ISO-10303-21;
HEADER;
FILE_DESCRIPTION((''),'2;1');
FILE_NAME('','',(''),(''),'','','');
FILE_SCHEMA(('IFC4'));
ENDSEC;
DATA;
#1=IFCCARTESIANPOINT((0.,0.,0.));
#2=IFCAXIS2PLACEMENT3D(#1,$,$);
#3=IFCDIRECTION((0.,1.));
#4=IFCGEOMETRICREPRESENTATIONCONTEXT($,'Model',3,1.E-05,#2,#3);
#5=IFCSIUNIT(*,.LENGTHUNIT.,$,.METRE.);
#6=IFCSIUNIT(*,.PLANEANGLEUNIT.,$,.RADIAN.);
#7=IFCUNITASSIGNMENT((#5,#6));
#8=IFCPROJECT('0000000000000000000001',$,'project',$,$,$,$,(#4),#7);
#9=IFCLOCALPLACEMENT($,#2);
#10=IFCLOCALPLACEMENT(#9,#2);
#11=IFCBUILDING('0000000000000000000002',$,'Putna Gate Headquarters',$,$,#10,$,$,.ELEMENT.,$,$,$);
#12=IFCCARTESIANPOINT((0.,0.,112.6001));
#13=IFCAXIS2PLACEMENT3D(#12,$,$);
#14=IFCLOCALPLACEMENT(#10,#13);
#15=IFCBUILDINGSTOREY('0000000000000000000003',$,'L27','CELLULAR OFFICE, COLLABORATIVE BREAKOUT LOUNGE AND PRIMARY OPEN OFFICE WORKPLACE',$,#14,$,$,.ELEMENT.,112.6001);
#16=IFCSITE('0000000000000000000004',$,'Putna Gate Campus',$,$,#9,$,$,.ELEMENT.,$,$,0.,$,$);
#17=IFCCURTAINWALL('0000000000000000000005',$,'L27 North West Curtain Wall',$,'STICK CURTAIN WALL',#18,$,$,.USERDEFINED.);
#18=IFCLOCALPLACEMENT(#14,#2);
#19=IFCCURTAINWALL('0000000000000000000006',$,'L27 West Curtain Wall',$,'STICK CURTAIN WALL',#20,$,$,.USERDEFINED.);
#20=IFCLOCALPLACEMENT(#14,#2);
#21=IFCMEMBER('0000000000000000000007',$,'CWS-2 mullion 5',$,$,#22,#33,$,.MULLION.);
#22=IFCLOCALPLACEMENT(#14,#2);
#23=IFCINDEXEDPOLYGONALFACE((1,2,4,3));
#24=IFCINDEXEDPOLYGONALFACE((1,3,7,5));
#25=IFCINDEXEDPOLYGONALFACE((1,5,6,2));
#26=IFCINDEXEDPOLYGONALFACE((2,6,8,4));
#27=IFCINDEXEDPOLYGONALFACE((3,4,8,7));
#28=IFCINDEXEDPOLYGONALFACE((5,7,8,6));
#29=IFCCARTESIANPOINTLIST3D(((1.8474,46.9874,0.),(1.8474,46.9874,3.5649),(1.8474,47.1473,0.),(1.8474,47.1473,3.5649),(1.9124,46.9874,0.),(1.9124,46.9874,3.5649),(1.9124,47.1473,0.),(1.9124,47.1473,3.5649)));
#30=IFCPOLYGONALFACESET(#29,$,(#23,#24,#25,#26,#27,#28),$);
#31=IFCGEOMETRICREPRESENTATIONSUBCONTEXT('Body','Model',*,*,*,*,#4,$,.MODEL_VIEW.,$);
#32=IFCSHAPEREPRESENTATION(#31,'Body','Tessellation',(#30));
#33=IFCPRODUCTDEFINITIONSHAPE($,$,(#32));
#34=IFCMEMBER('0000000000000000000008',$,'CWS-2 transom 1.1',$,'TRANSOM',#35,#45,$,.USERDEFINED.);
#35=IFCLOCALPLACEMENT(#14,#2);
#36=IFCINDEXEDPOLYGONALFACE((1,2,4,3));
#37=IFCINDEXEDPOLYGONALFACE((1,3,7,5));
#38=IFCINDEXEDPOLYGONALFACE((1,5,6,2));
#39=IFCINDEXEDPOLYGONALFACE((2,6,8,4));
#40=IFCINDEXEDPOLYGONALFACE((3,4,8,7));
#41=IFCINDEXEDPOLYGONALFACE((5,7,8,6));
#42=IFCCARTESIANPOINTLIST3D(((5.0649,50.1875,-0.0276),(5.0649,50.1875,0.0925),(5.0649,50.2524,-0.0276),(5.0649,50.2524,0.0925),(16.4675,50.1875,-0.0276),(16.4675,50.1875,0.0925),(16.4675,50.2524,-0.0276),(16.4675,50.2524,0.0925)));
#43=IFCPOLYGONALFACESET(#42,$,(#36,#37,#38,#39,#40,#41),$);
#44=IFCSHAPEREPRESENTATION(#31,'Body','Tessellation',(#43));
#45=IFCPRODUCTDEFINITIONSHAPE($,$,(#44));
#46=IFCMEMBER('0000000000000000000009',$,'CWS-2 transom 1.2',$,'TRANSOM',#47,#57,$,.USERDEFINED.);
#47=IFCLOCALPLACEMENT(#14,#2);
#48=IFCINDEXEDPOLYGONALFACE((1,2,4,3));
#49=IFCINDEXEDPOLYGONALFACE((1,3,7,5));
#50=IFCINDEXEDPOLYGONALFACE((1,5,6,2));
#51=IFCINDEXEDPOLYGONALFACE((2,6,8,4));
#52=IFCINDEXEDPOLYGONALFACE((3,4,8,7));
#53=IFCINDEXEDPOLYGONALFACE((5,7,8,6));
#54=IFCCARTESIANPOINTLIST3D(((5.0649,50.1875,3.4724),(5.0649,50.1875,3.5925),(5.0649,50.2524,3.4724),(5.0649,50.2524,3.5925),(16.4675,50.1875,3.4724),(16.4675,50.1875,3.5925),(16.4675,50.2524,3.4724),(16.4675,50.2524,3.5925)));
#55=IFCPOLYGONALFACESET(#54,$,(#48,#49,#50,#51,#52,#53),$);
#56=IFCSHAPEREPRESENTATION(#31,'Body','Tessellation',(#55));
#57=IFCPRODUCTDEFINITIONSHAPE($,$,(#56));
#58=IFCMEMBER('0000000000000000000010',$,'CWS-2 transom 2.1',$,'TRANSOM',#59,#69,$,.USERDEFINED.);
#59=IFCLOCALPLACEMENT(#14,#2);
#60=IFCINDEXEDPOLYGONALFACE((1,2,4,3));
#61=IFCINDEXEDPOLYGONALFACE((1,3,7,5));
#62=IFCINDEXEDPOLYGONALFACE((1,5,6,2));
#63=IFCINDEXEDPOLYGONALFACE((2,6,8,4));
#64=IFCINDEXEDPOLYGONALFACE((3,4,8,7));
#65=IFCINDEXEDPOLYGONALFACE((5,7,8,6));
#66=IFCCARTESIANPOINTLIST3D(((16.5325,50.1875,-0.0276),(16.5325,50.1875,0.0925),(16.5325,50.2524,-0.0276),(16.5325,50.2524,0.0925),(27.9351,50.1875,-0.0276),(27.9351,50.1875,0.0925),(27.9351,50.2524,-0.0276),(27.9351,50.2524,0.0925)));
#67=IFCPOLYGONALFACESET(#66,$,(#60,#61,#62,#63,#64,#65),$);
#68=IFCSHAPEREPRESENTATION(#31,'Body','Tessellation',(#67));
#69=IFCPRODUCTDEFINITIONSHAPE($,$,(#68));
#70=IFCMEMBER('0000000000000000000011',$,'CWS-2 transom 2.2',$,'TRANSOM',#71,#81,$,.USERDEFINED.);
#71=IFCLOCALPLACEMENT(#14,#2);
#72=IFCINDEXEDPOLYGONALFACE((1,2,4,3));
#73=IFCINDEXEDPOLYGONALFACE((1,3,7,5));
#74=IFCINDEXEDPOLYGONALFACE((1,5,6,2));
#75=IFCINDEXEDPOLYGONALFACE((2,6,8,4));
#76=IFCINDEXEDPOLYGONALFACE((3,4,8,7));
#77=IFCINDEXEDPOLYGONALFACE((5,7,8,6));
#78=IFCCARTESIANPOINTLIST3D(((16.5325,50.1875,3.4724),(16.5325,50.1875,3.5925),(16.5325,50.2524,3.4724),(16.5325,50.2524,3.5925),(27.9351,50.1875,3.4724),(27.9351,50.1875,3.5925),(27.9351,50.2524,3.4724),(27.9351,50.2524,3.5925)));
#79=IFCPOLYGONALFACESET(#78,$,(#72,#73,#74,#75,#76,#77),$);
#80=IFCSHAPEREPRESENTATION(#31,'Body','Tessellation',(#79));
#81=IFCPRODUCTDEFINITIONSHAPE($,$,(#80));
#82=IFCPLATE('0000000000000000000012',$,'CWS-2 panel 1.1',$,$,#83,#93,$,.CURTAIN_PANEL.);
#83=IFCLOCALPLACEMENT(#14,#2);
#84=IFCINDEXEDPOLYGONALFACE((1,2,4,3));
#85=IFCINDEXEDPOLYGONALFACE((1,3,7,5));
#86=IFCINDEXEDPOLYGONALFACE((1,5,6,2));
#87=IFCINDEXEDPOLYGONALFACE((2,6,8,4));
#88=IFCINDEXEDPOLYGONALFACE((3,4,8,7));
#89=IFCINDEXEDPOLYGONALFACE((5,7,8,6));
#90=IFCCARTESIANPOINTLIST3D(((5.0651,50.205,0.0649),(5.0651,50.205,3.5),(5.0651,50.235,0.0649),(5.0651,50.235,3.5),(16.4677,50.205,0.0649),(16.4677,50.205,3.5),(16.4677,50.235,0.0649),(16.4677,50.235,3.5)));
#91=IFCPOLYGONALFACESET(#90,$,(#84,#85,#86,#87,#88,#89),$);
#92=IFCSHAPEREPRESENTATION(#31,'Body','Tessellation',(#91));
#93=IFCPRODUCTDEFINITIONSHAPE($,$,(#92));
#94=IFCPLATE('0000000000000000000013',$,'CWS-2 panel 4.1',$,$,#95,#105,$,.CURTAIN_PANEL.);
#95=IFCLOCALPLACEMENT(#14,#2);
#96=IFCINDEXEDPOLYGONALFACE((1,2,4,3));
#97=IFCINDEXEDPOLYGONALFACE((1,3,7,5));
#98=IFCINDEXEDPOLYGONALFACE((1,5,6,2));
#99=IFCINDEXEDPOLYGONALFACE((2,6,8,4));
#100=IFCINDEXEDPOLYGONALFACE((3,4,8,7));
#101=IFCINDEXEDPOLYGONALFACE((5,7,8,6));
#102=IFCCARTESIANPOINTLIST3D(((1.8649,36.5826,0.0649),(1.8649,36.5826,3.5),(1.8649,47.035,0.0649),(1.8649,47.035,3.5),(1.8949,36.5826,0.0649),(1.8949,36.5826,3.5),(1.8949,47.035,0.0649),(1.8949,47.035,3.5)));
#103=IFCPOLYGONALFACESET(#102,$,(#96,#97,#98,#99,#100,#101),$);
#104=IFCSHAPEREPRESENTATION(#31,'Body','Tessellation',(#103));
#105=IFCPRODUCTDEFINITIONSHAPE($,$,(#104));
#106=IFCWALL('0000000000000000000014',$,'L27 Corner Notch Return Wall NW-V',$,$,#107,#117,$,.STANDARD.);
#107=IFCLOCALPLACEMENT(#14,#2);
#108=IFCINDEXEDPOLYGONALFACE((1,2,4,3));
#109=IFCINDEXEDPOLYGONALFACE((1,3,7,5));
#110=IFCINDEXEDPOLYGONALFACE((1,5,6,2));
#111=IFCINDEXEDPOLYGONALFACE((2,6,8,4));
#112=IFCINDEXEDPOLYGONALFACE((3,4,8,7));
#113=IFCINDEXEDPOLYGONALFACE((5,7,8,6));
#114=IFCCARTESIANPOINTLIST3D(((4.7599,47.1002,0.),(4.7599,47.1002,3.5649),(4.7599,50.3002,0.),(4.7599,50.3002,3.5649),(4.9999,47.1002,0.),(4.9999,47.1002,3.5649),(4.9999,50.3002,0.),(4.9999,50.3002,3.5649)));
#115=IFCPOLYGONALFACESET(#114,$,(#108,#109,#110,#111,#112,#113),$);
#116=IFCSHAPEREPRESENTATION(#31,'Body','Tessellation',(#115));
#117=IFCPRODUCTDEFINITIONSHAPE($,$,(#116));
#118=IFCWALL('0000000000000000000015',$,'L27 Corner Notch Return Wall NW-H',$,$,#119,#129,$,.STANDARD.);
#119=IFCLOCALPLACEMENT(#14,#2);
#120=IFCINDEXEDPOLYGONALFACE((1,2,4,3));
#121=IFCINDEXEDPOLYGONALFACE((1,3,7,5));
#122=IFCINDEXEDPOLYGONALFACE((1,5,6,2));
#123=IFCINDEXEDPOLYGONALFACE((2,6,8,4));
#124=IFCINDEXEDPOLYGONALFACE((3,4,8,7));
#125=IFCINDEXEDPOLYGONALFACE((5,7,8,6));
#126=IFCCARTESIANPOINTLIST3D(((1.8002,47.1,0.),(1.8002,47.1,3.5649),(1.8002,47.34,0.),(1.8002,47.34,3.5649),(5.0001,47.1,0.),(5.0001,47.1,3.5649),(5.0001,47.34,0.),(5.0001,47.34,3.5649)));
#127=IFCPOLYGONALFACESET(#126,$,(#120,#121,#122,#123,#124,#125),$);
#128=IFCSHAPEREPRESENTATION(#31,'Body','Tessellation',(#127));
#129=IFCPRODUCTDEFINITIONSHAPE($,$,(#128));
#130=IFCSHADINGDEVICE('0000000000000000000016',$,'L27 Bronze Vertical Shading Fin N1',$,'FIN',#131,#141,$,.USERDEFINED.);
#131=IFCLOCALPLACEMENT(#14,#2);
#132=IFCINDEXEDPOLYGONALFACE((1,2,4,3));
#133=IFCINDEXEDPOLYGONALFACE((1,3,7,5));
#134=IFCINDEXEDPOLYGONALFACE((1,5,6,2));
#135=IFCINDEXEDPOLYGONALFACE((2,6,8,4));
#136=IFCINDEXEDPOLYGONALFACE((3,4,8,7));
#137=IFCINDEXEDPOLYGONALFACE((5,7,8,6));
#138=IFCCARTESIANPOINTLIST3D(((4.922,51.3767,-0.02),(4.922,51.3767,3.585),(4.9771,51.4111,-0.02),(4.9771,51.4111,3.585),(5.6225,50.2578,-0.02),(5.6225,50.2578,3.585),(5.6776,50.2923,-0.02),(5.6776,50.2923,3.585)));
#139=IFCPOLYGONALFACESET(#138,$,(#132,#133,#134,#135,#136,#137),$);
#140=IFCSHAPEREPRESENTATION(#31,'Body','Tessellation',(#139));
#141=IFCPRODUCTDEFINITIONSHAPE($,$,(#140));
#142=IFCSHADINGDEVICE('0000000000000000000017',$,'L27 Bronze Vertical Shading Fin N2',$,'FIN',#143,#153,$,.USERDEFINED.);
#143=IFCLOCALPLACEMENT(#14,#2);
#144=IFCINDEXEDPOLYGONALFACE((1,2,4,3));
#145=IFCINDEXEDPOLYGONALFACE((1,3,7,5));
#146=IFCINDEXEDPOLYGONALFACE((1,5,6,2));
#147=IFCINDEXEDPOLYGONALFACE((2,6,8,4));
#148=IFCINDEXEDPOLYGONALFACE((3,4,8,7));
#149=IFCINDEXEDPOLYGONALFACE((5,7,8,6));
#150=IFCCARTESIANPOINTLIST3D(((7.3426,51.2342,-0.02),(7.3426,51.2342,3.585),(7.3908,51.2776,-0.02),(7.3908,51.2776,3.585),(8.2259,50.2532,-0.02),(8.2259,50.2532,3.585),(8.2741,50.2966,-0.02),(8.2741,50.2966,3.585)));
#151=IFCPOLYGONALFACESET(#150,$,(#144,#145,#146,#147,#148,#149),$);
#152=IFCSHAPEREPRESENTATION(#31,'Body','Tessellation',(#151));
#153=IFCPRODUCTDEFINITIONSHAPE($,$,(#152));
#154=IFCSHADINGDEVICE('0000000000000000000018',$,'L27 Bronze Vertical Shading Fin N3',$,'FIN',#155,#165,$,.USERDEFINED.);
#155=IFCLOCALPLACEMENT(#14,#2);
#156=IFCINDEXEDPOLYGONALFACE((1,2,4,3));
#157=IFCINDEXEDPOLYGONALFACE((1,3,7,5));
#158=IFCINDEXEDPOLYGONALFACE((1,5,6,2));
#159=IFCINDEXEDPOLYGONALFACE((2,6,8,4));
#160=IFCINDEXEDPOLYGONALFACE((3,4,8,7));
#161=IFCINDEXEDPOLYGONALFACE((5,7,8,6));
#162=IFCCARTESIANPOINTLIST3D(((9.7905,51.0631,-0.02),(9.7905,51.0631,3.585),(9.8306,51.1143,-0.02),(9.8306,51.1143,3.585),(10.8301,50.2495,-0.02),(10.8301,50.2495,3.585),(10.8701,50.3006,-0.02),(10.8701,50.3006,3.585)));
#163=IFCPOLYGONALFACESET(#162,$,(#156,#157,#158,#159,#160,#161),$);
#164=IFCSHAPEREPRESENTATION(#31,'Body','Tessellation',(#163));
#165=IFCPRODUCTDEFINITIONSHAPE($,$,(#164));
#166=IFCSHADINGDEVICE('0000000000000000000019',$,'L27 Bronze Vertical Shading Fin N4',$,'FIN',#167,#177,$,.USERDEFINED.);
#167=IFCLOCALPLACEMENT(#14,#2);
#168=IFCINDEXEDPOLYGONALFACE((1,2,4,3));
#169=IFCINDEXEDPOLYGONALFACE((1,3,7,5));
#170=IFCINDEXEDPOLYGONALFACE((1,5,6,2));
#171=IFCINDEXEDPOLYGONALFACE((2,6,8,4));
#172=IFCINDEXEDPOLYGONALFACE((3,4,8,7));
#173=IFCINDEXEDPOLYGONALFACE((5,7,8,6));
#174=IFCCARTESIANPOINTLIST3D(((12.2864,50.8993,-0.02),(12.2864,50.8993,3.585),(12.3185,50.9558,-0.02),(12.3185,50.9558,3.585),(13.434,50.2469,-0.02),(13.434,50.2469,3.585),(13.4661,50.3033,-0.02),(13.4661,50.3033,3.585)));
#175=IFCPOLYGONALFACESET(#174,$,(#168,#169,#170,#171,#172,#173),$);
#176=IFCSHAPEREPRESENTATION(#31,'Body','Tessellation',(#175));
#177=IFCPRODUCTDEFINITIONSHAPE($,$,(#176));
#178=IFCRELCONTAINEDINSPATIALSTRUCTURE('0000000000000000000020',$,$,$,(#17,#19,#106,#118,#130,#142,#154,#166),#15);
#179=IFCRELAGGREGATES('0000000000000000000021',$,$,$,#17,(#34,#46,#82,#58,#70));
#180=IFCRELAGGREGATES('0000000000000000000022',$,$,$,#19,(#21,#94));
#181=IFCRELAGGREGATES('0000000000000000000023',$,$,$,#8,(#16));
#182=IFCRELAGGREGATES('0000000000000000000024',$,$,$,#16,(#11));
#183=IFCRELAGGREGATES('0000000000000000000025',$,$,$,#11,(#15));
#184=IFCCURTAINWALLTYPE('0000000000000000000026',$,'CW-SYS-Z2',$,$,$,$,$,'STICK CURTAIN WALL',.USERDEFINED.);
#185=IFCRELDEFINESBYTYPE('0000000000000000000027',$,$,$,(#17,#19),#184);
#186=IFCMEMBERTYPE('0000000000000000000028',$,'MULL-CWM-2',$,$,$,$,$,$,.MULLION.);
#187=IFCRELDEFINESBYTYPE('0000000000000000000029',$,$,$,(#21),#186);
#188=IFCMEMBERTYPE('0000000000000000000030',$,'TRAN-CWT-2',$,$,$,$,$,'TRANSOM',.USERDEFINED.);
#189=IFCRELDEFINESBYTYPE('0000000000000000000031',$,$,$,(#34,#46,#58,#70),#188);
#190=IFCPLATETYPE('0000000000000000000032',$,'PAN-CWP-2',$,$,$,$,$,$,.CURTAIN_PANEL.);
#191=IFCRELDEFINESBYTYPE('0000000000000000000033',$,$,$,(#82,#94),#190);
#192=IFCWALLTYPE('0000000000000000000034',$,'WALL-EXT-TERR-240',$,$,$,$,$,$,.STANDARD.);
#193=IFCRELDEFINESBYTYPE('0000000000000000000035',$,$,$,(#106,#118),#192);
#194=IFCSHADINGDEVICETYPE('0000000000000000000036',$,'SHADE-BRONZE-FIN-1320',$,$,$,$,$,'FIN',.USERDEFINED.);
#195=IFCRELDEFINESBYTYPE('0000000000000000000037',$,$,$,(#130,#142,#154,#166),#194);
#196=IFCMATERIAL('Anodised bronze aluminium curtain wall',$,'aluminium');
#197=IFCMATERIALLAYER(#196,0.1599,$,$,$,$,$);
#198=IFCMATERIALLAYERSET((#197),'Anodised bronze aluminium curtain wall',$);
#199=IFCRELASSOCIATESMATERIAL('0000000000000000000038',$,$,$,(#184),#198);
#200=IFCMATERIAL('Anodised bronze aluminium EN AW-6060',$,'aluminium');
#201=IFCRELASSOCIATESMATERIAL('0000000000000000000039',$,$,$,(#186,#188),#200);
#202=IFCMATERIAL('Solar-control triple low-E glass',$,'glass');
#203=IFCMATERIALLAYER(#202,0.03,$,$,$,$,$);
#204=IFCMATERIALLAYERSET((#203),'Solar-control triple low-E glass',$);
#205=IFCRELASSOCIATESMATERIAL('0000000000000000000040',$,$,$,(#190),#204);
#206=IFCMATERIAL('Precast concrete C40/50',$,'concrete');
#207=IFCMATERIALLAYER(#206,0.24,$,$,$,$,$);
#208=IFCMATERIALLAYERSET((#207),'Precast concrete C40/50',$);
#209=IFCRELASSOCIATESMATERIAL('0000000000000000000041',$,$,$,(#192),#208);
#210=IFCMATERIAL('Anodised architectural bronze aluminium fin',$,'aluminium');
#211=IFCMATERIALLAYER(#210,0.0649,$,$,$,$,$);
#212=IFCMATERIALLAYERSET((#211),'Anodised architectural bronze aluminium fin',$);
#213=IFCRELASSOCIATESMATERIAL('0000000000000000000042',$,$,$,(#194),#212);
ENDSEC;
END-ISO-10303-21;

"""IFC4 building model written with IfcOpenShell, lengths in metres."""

from ifc_helpers import new_model, si_unit, direction, frame, frame_2d, origin, origin_2d, place, context, subcontext, project, spatial, rectangle, extrude, material, layer, layer_set, material_profile, profile_set, type_object, element, aggregate, save


model = new_model("IFC4")

# Units and contexts
model_context = context("Model", 3, precision=1e-05, world=origin(), true_north=direction((0.0, 1.0)))
body_context = subcontext(model_context, "Body", "Model", "MODEL_VIEW")
ifc_project = project(units=[si_unit("LENGTHUNIT", "METRE"), si_unit("PLANEANGLEUNIT", "RADIAN")], contexts=[model_context])

# Site, building, storey
site_placement = place(None, origin())
site = spatial("IfcSite", under=ifc_project, at=site_placement, Name="Putna Gate Campus", CompositionType="ELEMENT", RefElevation=0.0)
building_placement = place(site_placement, origin())
building = spatial("IfcBuilding", under=site, at=building_placement, Name="Putna Gate Headquarters", CompositionType="ELEMENT")
storey_placement = place(building_placement, frame((0.0, 0.0, 112.6001)))
storey = spatial("IfcBuildingStorey", under=building, at=storey_placement, Name="L27", Description="CELLULAR OFFICE, COLLABORATIVE BREAKOUT LOUNGE AND PRIMARY OPEN OFFICE WORKPLACE", CompositionType="ELEMENT", Elevation=112.6001)

# Curtain wall
ifc_material_1 = material(Name="Anodised bronze aluminium curtain wall", Category="aluminium")
ifc_layer_1 = layer(ifc_material_1, 0.1599)
ifc_layer_set_1 = layer_set([ifc_layer_1], Name="Anodised bronze aluminium curtain wall")
curtain_wall_type = type_object("IfcCurtainWallType", Name="CW-SYS-Z2", ElementType="STICK CURTAIN WALL", PredefinedType="USERDEFINED", material=ifc_layer_set_1)
curtain_wall_1_placement = place(storey_placement, origin())
curtain_wall_1 = element("IfcCurtainWall", 1, at=curtain_wall_1_placement, inside=storey, type_object=curtain_wall_type, Name="L27 North West Curtain Wall", ObjectType="STICK CURTAIN WALL", PredefinedType="USERDEFINED")
ifc_material_2 = material(Name="Anodised bronze aluminium EN AW-6060", Category="aluminium")
ifc_material_profile_1 = material_profile(ifc_material_2, rectangle(XDim=0.0649, YDim=0.1599, at=origin_2d()), Name="Anodised bronze aluminium EN AW-6060")
ifc_profile_set_1 = profile_set([ifc_material_profile_1], Name="Anodised bronze aluminium EN AW-6060")
member_type_1 = type_object("IfcMemberType", Name="MULL-CWM-2", PredefinedType="MULLION", material=ifc_profile_set_1)

# Curtain wall, member
curtain_wall_2_placement = place(storey_placement, origin())
curtain_wall_2 = element("IfcCurtainWall", 2, at=curtain_wall_2_placement, inside=storey, type_object=curtain_wall_type, Name="L27 West Curtain Wall", ObjectType="STICK CURTAIN WALL", PredefinedType="USERDEFINED")
member_1_placement = place(storey_placement, frame((1.8799, 47.0674, 0.0), z_axis=(0.0, 0.0, 1.0), x_axis=(-1.0, 0.0, 0.0)))
member_1 = element("IfcMember", 3, at=member_1_placement, type_object=member_type_1, Name="CWS-2 mullion 5", PredefinedType="MULLION", context=body_context, shape_type="SweptSolid", body=[
    extrude(rectangle(XDim=0.0649, YDim=0.1599, at=origin_2d()), origin(), (0.0, 0.0, 1.0), 3.5649),
])

# Members
ifc_material_profile_2 = material_profile(ifc_material_2, rectangle(XDim=0.0649, YDim=0.1201, at=origin_2d()), Name="Anodised bronze aluminium EN AW-6060")
ifc_profile_set_2 = profile_set([ifc_material_profile_2], Name="Anodised bronze aluminium EN AW-6060")
member_type_2 = type_object("IfcMemberType", Name="TRAN-CWT-2", ElementType="TRANSOM", PredefinedType="USERDEFINED", material=ifc_profile_set_2)
member_2_placement = place(storey_placement, frame((5.0649, 50.22, 0.0325), z_axis=(1.0, 0.0, 0.0), x_axis=(0.0, 1.0, 0.0)))
member_2 = element("IfcMember", 4, at=member_2_placement, type_object=member_type_2, Name="CWS-2 transom 1.1", ObjectType="TRANSOM", PredefinedType="USERDEFINED", context=body_context, shape_type="SweptSolid", body=[
    extrude(rectangle(XDim=0.0649, YDim=0.1201, at=origin_2d()), origin(), (0.0, 0.0, 1.0), 11.4026),
])
member_3_placement = place(storey_placement, frame((5.0649, 50.22, 3.5325), z_axis=(1.0, 0.0, 0.0), x_axis=(0.0, 1.0, 0.0)))
member_3 = element("IfcMember", 5, at=member_3_placement, type_object=member_type_2, Name="CWS-2 transom 1.2", ObjectType="TRANSOM", PredefinedType="USERDEFINED", context=body_context, shape_type="SweptSolid", body=[
    extrude(rectangle(XDim=0.0649, YDim=0.1201, at=origin_2d()), origin(), (0.0, 0.0, 1.0), 11.4026),
])
member_4_placement = place(storey_placement, frame((16.5325, 50.22, 0.0325), z_axis=(1.0, 0.0, 0.0), x_axis=(0.0, 1.0, 0.0)))
member_4 = element("IfcMember", 6, at=member_4_placement, type_object=member_type_2, Name="CWS-2 transom 2.1", ObjectType="TRANSOM", PredefinedType="USERDEFINED", context=body_context, shape_type="SweptSolid", body=[
    extrude(rectangle(XDim=0.0649, YDim=0.1201, at=origin_2d()), origin(), (0.0, 0.0, 1.0), 11.4026),
])
member_5_placement = place(storey_placement, frame((16.5325, 50.22, 3.5325), z_axis=(1.0, 0.0, 0.0), x_axis=(0.0, 1.0, 0.0)))
member_5 = element("IfcMember", 7, at=member_5_placement, type_object=member_type_2, Name="CWS-2 transom 2.2", ObjectType="TRANSOM", PredefinedType="USERDEFINED", context=body_context, shape_type="SweptSolid", body=[
    extrude(rectangle(XDim=0.0649, YDim=0.1201, at=origin_2d()), origin(), (0.0, 0.0, 1.0), 11.4026),
])

# Plates
ifc_material_3 = material(Name="Solar-control triple low-E glass", Category="glass")
ifc_layer_2 = layer(ifc_material_3, 0.03)
ifc_layer_set_2 = layer_set([ifc_layer_2], Name="Solar-control triple low-E glass")
plate_type = type_object("IfcPlateType", Name="PAN-CWP-2", PredefinedType="CURTAIN_PANEL", material=ifc_layer_set_2)
plate_1_placement = place(storey_placement, frame((10.7664, 50.22, 0.0649), z_axis=(0.0, 0.0, 1.0), x_axis=(1.0, 0.0, 0.0)))
plate_1 = element("IfcPlate", 8, at=plate_1_placement, type_object=plate_type, Name="CWS-2 panel 1.1", PredefinedType="CURTAIN_PANEL", context=body_context, shape_type="SweptSolid", body=[
    extrude(rectangle(XDim=11.4026, YDim=0.03, at=origin_2d()), origin(), (0.0, 0.0, 1.0), 3.4351),
])
aggregate(curtain_wall_1, [member_2, member_3, plate_1, member_4, member_5])
plate_2_placement = place(storey_placement, frame((1.8799, 41.8088, 0.0649), z_axis=(0.0, 0.0, 1.0), x_axis=(0.0, 1.0, 0.0)))
plate_2 = element("IfcPlate", 9, at=plate_2_placement, type_object=plate_type, Name="CWS-2 panel 4.1", PredefinedType="CURTAIN_PANEL", context=body_context, shape_type="SweptSolid", body=[
    extrude(rectangle(XDim=10.4524, YDim=0.03, at=origin_2d()), origin(), (0.0, 0.0, 1.0), 3.4351),
])
aggregate(curtain_wall_2, [member_1, plate_2])

# Walls
ifc_material_4 = material(Name="Precast concrete C40/50", Category="concrete")
ifc_layer_3 = layer(ifc_material_4, 0.24)
ifc_layer_set_3 = layer_set([ifc_layer_3], Name="Precast concrete C40/50")
wall_type = type_object("IfcWallType", Name="WALL-EXT-TERR-240", PredefinedType="STANDARD", material=ifc_layer_set_3)
for number, where, z_axis, x_axis, name in (
    (10, (4.8799, 47.1001, 0.0), (0.0, 0.0, 1.0), (0.0, 1.0, 0.0), "L27 Corner Notch Return Wall NW-V"),
    (11, (1.8, 47.22, 0.0), (0.0, 0.0, 1.0), (1.0, 0.0, 0.0), "L27 Corner Notch Return Wall NW-H"),
):
    element("IfcWall", number, at=place(storey_placement, frame(where, z_axis=z_axis, x_axis=x_axis)), inside=storey, type_object=wall_type, Name=name, PredefinedType="STANDARD", context=body_context, shape_type="SweptSolid", body=[
        extrude(rectangle(XDim=3.2, YDim=0.24, at=frame_2d((1.6001, 0.0))), origin(), (0.0, 0.0, 1.0), 3.5649),
    ])

# Shading devices
ifc_material_5 = material(Name="Anodised architectural bronze aluminium fin", Category="aluminium")
ifc_layer_4 = layer(ifc_material_5, 0.0649)
ifc_layer_set_4 = layer_set([ifc_layer_4], Name="Anodised architectural bronze aluminium fin")
shading_device_type = type_object("IfcShadingDeviceType", Name="SHADE-BRONZE-FIN-1320", ElementType="FIN", PredefinedType="USERDEFINED", material=ifc_layer_set_4)
for number, where, z_axis, x_axis, name in (
    (12, (5.2998, 50.8345, -0.02), (0.0, 0.0, 1.0), (-0.530659, 0.847585, 0.0), "L27 Bronze Vertical Shading Fin N1"),
    (13, (7.8083, 50.7654, -0.02), (0.0, 0.0, 1.0), (-0.669131, 0.743145, 0.0), "L27 Bronze Vertical Shading Fin N2"),
    (14, (10.3303, 50.6819, -0.02), (0.0, 0.0, 1.0), (-0.787473, 0.616349, 0.0), "L27 Bronze Vertical Shading Fin N3"),
    (15, (12.8762, 50.6013, -0.02), (0.0, 0.0, 1.0), (-0.869322, 0.494245, 0.0), "L27 Bronze Vertical Shading Fin N4"),
):
    element("IfcShadingDevice", number, at=place(storey_placement, frame(where, z_axis=z_axis, x_axis=x_axis)), inside=storey, type_object=shading_device_type, Name=name, ObjectType="FIN", PredefinedType="USERDEFINED", context=body_context, shape_type="SweptSolid", body=[
        extrude(rectangle(XDim=1.3201, YDim=0.0649, at=origin_2d()), origin(), (0.0, 0.0, 1.0), 3.605),
    ])

save(model, "model.ifc")
